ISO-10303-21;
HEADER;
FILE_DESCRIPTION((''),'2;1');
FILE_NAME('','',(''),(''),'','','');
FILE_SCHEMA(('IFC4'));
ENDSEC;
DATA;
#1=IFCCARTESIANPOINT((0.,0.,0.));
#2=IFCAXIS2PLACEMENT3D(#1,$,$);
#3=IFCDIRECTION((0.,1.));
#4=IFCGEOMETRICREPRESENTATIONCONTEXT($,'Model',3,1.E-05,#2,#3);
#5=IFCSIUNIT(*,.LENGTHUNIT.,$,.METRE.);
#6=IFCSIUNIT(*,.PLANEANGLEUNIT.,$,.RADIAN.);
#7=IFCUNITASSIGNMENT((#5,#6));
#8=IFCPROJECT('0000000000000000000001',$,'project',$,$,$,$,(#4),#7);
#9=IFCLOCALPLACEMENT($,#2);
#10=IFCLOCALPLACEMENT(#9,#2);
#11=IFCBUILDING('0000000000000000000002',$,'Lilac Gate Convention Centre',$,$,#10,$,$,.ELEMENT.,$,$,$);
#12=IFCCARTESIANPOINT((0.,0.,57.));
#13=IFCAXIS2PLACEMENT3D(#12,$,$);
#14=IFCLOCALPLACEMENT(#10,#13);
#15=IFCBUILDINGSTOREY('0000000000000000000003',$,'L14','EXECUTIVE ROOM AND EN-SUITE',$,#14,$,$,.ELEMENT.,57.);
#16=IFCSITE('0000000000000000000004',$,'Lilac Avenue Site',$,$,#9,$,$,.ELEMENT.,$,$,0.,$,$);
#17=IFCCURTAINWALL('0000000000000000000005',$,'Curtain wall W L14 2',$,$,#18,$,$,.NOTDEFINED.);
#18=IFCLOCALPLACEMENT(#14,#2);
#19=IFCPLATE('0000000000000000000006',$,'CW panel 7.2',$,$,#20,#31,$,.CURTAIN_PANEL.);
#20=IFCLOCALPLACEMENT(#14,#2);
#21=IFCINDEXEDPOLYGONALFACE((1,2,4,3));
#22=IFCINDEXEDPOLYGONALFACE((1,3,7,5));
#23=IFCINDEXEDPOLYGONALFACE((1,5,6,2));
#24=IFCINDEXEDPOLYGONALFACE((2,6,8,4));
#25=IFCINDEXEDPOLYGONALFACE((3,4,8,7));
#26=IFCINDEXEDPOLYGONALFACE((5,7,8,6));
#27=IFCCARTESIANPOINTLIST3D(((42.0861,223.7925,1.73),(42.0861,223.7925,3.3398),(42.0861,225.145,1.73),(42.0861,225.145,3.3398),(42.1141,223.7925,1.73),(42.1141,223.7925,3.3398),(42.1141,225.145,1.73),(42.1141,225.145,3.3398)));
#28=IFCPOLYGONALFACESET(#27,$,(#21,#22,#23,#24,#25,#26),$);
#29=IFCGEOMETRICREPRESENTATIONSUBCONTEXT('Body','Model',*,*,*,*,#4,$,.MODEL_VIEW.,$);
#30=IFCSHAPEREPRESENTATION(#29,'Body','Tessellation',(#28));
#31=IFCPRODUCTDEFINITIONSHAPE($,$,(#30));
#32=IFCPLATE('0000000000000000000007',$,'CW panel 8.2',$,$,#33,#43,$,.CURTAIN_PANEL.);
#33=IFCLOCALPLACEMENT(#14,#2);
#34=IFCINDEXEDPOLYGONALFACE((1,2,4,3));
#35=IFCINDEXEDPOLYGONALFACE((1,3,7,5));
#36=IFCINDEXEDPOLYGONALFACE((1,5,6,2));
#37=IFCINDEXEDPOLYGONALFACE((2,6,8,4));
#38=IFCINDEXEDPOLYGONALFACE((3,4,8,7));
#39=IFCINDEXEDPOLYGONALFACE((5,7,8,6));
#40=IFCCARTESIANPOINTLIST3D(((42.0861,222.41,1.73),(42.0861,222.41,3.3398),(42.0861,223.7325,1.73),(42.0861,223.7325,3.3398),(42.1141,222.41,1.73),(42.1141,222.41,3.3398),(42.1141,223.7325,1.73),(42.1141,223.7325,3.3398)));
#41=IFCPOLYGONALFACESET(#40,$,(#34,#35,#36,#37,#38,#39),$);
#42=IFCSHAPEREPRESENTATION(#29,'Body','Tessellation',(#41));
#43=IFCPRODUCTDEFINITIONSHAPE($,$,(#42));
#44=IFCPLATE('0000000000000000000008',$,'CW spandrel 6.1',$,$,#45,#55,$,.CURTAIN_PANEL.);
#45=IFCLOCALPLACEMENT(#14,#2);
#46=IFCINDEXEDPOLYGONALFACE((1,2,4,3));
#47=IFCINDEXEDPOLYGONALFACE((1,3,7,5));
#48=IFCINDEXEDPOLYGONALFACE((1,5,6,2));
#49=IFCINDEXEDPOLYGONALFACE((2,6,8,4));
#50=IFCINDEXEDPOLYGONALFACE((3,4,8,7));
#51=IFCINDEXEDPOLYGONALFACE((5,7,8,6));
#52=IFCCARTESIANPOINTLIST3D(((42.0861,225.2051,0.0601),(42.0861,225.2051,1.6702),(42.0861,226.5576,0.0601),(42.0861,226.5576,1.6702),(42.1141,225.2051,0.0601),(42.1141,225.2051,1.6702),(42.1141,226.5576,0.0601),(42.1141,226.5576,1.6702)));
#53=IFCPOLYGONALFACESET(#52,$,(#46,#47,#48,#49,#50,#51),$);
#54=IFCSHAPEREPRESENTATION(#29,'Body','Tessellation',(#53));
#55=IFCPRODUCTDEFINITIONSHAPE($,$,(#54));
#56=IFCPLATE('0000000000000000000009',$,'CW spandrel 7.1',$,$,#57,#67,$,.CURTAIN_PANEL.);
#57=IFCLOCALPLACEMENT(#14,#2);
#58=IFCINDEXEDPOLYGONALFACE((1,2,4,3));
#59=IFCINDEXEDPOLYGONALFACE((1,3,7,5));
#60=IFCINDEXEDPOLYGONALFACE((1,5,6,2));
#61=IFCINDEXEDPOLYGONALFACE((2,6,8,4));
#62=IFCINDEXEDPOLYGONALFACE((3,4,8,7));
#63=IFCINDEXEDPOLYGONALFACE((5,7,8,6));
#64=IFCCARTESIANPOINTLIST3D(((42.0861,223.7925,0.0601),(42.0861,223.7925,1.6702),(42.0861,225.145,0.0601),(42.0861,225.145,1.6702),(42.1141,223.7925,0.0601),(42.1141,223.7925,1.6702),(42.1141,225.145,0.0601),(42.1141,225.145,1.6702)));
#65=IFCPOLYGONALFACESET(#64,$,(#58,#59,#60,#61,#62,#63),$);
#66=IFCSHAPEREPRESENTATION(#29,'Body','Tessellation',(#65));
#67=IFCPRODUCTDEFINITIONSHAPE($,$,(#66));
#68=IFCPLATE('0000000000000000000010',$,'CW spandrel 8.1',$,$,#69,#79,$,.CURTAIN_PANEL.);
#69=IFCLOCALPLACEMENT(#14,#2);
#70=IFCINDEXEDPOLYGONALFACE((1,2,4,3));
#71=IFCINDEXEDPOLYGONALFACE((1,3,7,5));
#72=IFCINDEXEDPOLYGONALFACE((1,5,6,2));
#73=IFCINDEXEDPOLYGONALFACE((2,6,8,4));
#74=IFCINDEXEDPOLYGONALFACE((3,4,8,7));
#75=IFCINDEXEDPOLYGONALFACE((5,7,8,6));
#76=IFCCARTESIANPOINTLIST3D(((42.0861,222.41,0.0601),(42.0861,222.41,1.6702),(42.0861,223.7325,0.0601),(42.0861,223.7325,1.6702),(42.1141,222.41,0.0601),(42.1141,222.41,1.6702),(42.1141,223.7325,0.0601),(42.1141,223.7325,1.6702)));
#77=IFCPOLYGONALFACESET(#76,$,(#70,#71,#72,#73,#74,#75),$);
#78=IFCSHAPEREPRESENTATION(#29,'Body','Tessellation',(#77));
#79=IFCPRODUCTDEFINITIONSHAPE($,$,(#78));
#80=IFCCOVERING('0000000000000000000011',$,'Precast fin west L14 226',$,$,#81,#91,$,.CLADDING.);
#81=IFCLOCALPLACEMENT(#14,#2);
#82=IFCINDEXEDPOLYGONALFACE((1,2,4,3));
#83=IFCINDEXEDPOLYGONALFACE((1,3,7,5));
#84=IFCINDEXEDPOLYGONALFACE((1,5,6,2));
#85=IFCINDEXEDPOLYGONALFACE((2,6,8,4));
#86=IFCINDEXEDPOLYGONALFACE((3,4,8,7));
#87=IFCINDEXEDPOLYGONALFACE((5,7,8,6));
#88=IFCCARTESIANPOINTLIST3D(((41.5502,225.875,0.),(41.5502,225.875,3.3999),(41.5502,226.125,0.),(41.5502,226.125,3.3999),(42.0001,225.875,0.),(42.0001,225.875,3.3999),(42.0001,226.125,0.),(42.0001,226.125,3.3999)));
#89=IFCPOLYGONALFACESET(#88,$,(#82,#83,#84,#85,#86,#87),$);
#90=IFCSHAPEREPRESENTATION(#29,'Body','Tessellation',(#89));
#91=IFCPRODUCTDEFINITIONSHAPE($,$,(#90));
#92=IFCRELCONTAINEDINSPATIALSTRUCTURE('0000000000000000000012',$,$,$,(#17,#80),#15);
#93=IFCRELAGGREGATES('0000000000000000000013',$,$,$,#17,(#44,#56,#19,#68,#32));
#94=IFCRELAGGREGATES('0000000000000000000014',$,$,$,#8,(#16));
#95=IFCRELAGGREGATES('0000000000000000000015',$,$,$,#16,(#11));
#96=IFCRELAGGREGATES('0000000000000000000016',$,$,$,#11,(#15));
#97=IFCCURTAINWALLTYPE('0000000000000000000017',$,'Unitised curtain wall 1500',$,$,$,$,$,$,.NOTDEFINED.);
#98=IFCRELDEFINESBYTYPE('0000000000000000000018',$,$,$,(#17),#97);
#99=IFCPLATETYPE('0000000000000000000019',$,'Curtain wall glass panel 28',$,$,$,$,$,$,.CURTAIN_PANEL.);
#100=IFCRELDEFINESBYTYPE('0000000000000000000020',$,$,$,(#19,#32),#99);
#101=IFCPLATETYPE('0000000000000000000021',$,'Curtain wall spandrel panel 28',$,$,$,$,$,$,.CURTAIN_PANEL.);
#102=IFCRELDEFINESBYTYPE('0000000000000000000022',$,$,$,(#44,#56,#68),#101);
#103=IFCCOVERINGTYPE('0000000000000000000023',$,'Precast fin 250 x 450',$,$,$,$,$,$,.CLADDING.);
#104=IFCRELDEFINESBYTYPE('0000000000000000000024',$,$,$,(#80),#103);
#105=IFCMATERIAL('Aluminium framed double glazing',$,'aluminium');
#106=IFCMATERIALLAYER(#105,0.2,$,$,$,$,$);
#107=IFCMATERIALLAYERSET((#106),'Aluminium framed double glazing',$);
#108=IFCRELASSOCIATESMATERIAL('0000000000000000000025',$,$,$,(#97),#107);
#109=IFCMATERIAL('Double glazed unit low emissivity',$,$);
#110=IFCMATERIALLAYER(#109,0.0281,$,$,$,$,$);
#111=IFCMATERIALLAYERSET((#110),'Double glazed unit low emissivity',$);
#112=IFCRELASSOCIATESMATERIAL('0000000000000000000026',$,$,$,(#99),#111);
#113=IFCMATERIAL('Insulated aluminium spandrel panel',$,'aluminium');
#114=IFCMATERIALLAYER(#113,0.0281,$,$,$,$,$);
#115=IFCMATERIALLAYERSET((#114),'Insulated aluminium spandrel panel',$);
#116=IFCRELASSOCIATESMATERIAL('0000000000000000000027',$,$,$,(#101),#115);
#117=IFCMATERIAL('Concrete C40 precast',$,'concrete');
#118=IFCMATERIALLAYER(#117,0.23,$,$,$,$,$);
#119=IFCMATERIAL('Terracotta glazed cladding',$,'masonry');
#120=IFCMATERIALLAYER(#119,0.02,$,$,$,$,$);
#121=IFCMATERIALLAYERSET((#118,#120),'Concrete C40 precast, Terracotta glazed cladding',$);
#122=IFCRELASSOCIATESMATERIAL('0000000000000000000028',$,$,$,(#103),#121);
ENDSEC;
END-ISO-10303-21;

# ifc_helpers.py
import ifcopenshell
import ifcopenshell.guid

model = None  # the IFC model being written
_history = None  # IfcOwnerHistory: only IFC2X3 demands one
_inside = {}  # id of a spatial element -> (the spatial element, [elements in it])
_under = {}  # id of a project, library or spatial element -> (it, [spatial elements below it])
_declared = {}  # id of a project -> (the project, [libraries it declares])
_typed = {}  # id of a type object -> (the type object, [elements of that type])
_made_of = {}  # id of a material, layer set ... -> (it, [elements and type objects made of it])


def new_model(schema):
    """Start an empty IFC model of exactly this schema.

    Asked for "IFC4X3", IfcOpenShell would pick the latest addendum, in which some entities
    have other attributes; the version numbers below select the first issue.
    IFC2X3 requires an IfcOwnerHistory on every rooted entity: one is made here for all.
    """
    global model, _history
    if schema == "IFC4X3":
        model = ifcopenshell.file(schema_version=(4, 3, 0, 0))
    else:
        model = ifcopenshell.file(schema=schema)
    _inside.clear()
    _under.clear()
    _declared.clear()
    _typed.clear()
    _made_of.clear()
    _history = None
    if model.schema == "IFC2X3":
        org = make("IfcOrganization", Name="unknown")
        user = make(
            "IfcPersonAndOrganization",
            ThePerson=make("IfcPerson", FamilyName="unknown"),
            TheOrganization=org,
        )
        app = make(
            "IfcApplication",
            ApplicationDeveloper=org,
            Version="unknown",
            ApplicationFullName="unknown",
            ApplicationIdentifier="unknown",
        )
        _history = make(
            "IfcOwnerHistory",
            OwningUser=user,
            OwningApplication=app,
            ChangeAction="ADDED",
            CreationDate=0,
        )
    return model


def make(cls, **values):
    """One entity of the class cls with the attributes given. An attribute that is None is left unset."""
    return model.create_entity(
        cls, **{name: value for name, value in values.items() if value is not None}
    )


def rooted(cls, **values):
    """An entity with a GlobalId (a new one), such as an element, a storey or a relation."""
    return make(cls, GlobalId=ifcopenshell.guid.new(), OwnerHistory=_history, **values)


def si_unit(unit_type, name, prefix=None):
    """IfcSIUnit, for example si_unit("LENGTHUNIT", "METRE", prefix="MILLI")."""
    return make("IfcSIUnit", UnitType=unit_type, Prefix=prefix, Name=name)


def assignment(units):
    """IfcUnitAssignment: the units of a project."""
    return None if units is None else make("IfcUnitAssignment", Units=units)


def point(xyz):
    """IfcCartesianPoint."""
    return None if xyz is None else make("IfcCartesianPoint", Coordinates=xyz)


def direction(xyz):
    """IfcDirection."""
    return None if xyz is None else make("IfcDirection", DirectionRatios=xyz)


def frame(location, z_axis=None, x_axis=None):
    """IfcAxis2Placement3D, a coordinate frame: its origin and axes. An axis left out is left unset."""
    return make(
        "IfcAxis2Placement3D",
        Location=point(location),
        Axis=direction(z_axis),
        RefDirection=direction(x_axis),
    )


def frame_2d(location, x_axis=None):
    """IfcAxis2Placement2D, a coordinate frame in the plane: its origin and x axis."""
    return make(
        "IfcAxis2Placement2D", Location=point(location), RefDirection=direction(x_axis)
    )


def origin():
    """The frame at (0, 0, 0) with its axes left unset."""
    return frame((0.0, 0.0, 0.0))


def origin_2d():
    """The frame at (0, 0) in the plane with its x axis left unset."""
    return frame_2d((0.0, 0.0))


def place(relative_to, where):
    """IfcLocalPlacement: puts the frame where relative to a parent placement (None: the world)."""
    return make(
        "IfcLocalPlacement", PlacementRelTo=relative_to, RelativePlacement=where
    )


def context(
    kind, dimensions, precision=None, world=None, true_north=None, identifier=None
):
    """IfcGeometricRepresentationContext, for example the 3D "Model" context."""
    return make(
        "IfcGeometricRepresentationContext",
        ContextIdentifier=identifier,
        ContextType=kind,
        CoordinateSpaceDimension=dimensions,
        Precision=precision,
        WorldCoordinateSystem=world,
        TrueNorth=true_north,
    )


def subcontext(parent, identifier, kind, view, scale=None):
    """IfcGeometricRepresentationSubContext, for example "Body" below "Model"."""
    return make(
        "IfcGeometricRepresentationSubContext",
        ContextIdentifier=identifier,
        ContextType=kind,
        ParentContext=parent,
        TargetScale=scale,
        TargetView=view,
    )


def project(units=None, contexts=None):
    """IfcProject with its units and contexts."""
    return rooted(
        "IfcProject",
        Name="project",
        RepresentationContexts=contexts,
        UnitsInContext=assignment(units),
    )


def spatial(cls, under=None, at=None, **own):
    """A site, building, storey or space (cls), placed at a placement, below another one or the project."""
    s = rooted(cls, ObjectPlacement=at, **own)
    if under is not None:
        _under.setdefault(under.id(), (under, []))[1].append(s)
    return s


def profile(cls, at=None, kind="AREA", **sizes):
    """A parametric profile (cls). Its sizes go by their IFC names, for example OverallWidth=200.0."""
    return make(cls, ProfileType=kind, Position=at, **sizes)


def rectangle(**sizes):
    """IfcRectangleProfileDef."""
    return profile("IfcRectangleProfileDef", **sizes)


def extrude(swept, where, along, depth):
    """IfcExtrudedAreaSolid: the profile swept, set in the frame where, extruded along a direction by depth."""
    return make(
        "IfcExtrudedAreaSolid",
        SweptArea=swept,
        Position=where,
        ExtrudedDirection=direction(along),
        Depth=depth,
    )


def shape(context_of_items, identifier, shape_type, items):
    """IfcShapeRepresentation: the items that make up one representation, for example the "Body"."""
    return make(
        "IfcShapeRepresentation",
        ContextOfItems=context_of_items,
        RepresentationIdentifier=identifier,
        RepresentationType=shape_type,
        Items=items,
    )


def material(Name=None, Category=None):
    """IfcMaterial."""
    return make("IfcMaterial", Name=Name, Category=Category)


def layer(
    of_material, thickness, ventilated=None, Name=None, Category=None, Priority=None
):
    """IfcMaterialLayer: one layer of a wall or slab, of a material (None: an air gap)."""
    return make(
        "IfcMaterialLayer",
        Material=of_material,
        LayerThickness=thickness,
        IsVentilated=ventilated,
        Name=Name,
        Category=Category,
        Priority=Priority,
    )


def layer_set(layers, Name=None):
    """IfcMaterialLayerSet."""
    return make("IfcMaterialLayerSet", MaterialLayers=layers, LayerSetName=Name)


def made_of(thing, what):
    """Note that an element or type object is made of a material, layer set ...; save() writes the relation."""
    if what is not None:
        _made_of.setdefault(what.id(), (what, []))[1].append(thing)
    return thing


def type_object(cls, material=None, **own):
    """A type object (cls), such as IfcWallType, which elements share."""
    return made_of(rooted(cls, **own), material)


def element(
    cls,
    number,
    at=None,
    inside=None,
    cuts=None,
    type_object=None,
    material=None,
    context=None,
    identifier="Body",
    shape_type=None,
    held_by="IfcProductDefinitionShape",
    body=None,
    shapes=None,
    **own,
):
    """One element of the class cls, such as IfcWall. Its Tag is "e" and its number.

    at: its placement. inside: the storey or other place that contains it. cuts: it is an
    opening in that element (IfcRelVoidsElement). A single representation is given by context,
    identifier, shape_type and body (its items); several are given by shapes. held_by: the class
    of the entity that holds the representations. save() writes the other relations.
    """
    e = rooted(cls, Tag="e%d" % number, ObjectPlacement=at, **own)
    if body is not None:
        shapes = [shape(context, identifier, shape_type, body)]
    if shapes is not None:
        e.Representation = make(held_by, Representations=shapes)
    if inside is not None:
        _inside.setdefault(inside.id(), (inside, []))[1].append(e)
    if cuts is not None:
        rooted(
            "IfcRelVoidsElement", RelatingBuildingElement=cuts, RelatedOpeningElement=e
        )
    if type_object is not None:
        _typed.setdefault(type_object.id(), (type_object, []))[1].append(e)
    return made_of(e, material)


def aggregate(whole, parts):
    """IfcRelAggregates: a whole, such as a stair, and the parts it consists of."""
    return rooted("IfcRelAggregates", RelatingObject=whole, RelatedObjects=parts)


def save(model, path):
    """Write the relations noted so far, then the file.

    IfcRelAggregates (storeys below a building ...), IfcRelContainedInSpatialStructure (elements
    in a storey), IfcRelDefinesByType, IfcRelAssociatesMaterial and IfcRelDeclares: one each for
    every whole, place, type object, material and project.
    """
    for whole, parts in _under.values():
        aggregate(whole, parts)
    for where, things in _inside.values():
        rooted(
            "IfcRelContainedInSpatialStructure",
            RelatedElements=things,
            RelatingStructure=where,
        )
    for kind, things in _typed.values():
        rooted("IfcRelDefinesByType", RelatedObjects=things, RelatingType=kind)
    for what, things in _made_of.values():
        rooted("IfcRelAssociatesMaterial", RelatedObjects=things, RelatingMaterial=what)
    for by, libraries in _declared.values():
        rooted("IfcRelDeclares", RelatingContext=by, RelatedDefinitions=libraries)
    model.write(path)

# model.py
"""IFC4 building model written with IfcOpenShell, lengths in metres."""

from ifc_helpers import new_model, si_unit, direction, frame, frame_2d, origin, origin_2d, place, context, subcontext, project, spatial, rectangle, extrude, material, layer, layer_set, type_object, element, aggregate, save


model = new_model("IFC4")

# Units and contexts
model_context = context("Model", 3, precision=1e-05, world=origin(), true_north=direction((0.0, 1.0)))
body_context = subcontext(model_context, "Body", "Model", "MODEL_VIEW")
ifc_project = project(units=[si_unit("LENGTHUNIT", "METRE"), si_unit("PLANEANGLEUNIT", "RADIAN")], contexts=[model_context])

# Site, building, storey
site_placement = place(None, origin())
site = spatial("IfcSite", under=ifc_project, at=site_placement, Name="Lilac Avenue Site", CompositionType="ELEMENT", RefElevation=0.0)
building_placement = place(site_placement, origin())
building = spatial("IfcBuilding", under=site, at=building_placement, Name="Lilac Gate Convention Centre", CompositionType="ELEMENT")
storey_placement = place(building_placement, frame((0.0, 0.0, 57.0)))
storey = spatial("IfcBuildingStorey", under=building, at=storey_placement, Name="L14", Description="EXECUTIVE ROOM AND EN-SUITE", CompositionType="ELEMENT", Elevation=57.0)

# Curtain wall, plates
ifc_material_1 = material(Name="Aluminium framed double glazing", Category="aluminium")
ifc_layer_1 = layer(ifc_material_1, 0.2)
ifc_layer_set_1 = layer_set([ifc_layer_1], Name="Aluminium framed double glazing")
curtain_wall_type = type_object("IfcCurtainWallType", Name="Unitised curtain wall 1500", PredefinedType="NOTDEFINED", material=ifc_layer_set_1)
curtain_wall_placement = place(storey_placement, origin())
curtain_wall = element("IfcCurtainWall", 1, at=curtain_wall_placement, inside=storey, type_object=curtain_wall_type, Name="Curtain wall W L14 2", PredefinedType="NOTDEFINED")
ifc_material_2 = material(Name="Double glazed unit low emissivity")
ifc_layer_2 = layer(ifc_material_2, 0.0281)
ifc_layer_set_2 = layer_set([ifc_layer_2], Name="Double glazed unit low emissivity")
plate_type_1 = type_object("IfcPlateType", Name="Curtain wall glass panel 28", PredefinedType="CURTAIN_PANEL", material=ifc_layer_set_2)
plate_1_placement = place(storey_placement, frame((42.1001, 224.4688, 1.73), z_axis=(0.0, 0.0, 1.0), x_axis=(0.0, -1.0, 0.0)))
plate_1 = element("IfcPlate", 2, at=plate_1_placement, type_object=plate_type_1, Name="CW panel 7.2", PredefinedType="CURTAIN_PANEL", context=body_context, shape_type="SweptSolid", body=[
    extrude(rectangle(XDim=1.3525, YDim=0.0281, at=origin_2d()), origin(), (0.0, 0.0, 1.0), 1.6099),
])
plate_2_placement = place(storey_placement, frame((42.1001, 223.0713, 1.73), z_axis=(0.0, 0.0, 1.0), x_axis=(0.0, -1.0, 0.0)))
plate_2 = element("IfcPlate", 3, at=plate_2_placement, type_object=plate_type_1, Name="CW panel 8.2", PredefinedType="CURTAIN_PANEL", context=body_context, shape_type="SweptSolid", body=[
    extrude(rectangle(XDim=1.3225, YDim=0.0281, at=origin_2d()), origin(), (0.0, 0.0, 1.0), 1.6099),
])
ifc_material_3 = material(Name="Insulated aluminium spandrel panel", Category="aluminium")
ifc_layer_3 = layer(ifc_material_3, 0.0281)
ifc_layer_set_3 = layer_set([ifc_layer_3], Name="Insulated aluminium spandrel panel")
plate_type_2 = type_object("IfcPlateType", Name="Curtain wall spandrel panel 28", PredefinedType="CURTAIN_PANEL", material=ifc_layer_set_3)
plate_3_placement = place(storey_placement, frame((42.1001, 225.8813, 0.0601), z_axis=(0.0, 0.0, 1.0), x_axis=(0.0, -1.0, 0.0)))
plate_3 = element("IfcPlate", 4, at=plate_3_placement, type_object=plate_type_2, Name="CW spandrel 6.1", PredefinedType="CURTAIN_PANEL", context=body_context, shape_type="SweptSolid", body=[
    extrude(rectangle(XDim=1.3525, YDim=0.0281, at=origin_2d()), origin(), (0.0, 0.0, 1.0), 1.6101),
])
plate_4_placement = place(storey_placement, frame((42.1001, 224.4688, 0.0601), z_axis=(0.0, 0.0, 1.0), x_axis=(0.0, -1.0, 0.0)))
plate_4 = element("IfcPlate", 5, at=plate_4_placement, type_object=plate_type_2, Name="CW spandrel 7.1", PredefinedType="CURTAIN_PANEL", context=body_context, shape_type="SweptSolid", body=[
    extrude(rectangle(XDim=1.3525, YDim=0.0281, at=origin_2d()), origin(), (0.0, 0.0, 1.0), 1.6101),
])
plate_5_placement = place(storey_placement, frame((42.1001, 223.0713, 0.0601), z_axis=(0.0, 0.0, 1.0), x_axis=(0.0, -1.0, 0.0)))
plate_5 = element("IfcPlate", 6, at=plate_5_placement, type_object=plate_type_2, Name="CW spandrel 8.1", PredefinedType="CURTAIN_PANEL", context=body_context, shape_type="SweptSolid", body=[
    extrude(rectangle(XDim=1.3225, YDim=0.0281, at=origin_2d()), origin(), (0.0, 0.0, 1.0), 1.6101),
])
aggregate(curtain_wall, [plate_3, plate_4, plate_1, plate_5, plate_2])

# Covering
ifc_material_4 = material(Name="Concrete C40 precast", Category="concrete")
ifc_layer_4 = layer(ifc_material_4, 0.23)
ifc_material_5 = material(Name="Terracotta glazed cladding", Category="masonry")
ifc_layer_5 = layer(ifc_material_5, 0.02)
ifc_layer_set_4 = layer_set([ifc_layer_4, ifc_layer_5], Name="Concrete C40 precast, Terracotta glazed cladding")
covering_type = type_object("IfcCoveringType", Name="Precast fin 250 x 450", PredefinedType="CLADDING", material=ifc_layer_set_4)
covering_placement = place(storey_placement, frame((41.55, 226.0, 0.0), z_axis=(0.0, 0.0, 1.0), x_axis=(1.0, 0.0, 0.0)))
element("IfcCovering", 7, at=covering_placement, inside=storey, type_object=covering_type, Name="Precast fin west L14 226", PredefinedType="CLADDING", context=body_context, shape_type="SweptSolid", body=[
    extrude(rectangle(XDim=0.45, YDim=0.25, at=frame_2d((0.2251, 0.0))), origin(), (0.0, 0.0, 1.0), 3.3999),
])

save(model, "model.ifc")
